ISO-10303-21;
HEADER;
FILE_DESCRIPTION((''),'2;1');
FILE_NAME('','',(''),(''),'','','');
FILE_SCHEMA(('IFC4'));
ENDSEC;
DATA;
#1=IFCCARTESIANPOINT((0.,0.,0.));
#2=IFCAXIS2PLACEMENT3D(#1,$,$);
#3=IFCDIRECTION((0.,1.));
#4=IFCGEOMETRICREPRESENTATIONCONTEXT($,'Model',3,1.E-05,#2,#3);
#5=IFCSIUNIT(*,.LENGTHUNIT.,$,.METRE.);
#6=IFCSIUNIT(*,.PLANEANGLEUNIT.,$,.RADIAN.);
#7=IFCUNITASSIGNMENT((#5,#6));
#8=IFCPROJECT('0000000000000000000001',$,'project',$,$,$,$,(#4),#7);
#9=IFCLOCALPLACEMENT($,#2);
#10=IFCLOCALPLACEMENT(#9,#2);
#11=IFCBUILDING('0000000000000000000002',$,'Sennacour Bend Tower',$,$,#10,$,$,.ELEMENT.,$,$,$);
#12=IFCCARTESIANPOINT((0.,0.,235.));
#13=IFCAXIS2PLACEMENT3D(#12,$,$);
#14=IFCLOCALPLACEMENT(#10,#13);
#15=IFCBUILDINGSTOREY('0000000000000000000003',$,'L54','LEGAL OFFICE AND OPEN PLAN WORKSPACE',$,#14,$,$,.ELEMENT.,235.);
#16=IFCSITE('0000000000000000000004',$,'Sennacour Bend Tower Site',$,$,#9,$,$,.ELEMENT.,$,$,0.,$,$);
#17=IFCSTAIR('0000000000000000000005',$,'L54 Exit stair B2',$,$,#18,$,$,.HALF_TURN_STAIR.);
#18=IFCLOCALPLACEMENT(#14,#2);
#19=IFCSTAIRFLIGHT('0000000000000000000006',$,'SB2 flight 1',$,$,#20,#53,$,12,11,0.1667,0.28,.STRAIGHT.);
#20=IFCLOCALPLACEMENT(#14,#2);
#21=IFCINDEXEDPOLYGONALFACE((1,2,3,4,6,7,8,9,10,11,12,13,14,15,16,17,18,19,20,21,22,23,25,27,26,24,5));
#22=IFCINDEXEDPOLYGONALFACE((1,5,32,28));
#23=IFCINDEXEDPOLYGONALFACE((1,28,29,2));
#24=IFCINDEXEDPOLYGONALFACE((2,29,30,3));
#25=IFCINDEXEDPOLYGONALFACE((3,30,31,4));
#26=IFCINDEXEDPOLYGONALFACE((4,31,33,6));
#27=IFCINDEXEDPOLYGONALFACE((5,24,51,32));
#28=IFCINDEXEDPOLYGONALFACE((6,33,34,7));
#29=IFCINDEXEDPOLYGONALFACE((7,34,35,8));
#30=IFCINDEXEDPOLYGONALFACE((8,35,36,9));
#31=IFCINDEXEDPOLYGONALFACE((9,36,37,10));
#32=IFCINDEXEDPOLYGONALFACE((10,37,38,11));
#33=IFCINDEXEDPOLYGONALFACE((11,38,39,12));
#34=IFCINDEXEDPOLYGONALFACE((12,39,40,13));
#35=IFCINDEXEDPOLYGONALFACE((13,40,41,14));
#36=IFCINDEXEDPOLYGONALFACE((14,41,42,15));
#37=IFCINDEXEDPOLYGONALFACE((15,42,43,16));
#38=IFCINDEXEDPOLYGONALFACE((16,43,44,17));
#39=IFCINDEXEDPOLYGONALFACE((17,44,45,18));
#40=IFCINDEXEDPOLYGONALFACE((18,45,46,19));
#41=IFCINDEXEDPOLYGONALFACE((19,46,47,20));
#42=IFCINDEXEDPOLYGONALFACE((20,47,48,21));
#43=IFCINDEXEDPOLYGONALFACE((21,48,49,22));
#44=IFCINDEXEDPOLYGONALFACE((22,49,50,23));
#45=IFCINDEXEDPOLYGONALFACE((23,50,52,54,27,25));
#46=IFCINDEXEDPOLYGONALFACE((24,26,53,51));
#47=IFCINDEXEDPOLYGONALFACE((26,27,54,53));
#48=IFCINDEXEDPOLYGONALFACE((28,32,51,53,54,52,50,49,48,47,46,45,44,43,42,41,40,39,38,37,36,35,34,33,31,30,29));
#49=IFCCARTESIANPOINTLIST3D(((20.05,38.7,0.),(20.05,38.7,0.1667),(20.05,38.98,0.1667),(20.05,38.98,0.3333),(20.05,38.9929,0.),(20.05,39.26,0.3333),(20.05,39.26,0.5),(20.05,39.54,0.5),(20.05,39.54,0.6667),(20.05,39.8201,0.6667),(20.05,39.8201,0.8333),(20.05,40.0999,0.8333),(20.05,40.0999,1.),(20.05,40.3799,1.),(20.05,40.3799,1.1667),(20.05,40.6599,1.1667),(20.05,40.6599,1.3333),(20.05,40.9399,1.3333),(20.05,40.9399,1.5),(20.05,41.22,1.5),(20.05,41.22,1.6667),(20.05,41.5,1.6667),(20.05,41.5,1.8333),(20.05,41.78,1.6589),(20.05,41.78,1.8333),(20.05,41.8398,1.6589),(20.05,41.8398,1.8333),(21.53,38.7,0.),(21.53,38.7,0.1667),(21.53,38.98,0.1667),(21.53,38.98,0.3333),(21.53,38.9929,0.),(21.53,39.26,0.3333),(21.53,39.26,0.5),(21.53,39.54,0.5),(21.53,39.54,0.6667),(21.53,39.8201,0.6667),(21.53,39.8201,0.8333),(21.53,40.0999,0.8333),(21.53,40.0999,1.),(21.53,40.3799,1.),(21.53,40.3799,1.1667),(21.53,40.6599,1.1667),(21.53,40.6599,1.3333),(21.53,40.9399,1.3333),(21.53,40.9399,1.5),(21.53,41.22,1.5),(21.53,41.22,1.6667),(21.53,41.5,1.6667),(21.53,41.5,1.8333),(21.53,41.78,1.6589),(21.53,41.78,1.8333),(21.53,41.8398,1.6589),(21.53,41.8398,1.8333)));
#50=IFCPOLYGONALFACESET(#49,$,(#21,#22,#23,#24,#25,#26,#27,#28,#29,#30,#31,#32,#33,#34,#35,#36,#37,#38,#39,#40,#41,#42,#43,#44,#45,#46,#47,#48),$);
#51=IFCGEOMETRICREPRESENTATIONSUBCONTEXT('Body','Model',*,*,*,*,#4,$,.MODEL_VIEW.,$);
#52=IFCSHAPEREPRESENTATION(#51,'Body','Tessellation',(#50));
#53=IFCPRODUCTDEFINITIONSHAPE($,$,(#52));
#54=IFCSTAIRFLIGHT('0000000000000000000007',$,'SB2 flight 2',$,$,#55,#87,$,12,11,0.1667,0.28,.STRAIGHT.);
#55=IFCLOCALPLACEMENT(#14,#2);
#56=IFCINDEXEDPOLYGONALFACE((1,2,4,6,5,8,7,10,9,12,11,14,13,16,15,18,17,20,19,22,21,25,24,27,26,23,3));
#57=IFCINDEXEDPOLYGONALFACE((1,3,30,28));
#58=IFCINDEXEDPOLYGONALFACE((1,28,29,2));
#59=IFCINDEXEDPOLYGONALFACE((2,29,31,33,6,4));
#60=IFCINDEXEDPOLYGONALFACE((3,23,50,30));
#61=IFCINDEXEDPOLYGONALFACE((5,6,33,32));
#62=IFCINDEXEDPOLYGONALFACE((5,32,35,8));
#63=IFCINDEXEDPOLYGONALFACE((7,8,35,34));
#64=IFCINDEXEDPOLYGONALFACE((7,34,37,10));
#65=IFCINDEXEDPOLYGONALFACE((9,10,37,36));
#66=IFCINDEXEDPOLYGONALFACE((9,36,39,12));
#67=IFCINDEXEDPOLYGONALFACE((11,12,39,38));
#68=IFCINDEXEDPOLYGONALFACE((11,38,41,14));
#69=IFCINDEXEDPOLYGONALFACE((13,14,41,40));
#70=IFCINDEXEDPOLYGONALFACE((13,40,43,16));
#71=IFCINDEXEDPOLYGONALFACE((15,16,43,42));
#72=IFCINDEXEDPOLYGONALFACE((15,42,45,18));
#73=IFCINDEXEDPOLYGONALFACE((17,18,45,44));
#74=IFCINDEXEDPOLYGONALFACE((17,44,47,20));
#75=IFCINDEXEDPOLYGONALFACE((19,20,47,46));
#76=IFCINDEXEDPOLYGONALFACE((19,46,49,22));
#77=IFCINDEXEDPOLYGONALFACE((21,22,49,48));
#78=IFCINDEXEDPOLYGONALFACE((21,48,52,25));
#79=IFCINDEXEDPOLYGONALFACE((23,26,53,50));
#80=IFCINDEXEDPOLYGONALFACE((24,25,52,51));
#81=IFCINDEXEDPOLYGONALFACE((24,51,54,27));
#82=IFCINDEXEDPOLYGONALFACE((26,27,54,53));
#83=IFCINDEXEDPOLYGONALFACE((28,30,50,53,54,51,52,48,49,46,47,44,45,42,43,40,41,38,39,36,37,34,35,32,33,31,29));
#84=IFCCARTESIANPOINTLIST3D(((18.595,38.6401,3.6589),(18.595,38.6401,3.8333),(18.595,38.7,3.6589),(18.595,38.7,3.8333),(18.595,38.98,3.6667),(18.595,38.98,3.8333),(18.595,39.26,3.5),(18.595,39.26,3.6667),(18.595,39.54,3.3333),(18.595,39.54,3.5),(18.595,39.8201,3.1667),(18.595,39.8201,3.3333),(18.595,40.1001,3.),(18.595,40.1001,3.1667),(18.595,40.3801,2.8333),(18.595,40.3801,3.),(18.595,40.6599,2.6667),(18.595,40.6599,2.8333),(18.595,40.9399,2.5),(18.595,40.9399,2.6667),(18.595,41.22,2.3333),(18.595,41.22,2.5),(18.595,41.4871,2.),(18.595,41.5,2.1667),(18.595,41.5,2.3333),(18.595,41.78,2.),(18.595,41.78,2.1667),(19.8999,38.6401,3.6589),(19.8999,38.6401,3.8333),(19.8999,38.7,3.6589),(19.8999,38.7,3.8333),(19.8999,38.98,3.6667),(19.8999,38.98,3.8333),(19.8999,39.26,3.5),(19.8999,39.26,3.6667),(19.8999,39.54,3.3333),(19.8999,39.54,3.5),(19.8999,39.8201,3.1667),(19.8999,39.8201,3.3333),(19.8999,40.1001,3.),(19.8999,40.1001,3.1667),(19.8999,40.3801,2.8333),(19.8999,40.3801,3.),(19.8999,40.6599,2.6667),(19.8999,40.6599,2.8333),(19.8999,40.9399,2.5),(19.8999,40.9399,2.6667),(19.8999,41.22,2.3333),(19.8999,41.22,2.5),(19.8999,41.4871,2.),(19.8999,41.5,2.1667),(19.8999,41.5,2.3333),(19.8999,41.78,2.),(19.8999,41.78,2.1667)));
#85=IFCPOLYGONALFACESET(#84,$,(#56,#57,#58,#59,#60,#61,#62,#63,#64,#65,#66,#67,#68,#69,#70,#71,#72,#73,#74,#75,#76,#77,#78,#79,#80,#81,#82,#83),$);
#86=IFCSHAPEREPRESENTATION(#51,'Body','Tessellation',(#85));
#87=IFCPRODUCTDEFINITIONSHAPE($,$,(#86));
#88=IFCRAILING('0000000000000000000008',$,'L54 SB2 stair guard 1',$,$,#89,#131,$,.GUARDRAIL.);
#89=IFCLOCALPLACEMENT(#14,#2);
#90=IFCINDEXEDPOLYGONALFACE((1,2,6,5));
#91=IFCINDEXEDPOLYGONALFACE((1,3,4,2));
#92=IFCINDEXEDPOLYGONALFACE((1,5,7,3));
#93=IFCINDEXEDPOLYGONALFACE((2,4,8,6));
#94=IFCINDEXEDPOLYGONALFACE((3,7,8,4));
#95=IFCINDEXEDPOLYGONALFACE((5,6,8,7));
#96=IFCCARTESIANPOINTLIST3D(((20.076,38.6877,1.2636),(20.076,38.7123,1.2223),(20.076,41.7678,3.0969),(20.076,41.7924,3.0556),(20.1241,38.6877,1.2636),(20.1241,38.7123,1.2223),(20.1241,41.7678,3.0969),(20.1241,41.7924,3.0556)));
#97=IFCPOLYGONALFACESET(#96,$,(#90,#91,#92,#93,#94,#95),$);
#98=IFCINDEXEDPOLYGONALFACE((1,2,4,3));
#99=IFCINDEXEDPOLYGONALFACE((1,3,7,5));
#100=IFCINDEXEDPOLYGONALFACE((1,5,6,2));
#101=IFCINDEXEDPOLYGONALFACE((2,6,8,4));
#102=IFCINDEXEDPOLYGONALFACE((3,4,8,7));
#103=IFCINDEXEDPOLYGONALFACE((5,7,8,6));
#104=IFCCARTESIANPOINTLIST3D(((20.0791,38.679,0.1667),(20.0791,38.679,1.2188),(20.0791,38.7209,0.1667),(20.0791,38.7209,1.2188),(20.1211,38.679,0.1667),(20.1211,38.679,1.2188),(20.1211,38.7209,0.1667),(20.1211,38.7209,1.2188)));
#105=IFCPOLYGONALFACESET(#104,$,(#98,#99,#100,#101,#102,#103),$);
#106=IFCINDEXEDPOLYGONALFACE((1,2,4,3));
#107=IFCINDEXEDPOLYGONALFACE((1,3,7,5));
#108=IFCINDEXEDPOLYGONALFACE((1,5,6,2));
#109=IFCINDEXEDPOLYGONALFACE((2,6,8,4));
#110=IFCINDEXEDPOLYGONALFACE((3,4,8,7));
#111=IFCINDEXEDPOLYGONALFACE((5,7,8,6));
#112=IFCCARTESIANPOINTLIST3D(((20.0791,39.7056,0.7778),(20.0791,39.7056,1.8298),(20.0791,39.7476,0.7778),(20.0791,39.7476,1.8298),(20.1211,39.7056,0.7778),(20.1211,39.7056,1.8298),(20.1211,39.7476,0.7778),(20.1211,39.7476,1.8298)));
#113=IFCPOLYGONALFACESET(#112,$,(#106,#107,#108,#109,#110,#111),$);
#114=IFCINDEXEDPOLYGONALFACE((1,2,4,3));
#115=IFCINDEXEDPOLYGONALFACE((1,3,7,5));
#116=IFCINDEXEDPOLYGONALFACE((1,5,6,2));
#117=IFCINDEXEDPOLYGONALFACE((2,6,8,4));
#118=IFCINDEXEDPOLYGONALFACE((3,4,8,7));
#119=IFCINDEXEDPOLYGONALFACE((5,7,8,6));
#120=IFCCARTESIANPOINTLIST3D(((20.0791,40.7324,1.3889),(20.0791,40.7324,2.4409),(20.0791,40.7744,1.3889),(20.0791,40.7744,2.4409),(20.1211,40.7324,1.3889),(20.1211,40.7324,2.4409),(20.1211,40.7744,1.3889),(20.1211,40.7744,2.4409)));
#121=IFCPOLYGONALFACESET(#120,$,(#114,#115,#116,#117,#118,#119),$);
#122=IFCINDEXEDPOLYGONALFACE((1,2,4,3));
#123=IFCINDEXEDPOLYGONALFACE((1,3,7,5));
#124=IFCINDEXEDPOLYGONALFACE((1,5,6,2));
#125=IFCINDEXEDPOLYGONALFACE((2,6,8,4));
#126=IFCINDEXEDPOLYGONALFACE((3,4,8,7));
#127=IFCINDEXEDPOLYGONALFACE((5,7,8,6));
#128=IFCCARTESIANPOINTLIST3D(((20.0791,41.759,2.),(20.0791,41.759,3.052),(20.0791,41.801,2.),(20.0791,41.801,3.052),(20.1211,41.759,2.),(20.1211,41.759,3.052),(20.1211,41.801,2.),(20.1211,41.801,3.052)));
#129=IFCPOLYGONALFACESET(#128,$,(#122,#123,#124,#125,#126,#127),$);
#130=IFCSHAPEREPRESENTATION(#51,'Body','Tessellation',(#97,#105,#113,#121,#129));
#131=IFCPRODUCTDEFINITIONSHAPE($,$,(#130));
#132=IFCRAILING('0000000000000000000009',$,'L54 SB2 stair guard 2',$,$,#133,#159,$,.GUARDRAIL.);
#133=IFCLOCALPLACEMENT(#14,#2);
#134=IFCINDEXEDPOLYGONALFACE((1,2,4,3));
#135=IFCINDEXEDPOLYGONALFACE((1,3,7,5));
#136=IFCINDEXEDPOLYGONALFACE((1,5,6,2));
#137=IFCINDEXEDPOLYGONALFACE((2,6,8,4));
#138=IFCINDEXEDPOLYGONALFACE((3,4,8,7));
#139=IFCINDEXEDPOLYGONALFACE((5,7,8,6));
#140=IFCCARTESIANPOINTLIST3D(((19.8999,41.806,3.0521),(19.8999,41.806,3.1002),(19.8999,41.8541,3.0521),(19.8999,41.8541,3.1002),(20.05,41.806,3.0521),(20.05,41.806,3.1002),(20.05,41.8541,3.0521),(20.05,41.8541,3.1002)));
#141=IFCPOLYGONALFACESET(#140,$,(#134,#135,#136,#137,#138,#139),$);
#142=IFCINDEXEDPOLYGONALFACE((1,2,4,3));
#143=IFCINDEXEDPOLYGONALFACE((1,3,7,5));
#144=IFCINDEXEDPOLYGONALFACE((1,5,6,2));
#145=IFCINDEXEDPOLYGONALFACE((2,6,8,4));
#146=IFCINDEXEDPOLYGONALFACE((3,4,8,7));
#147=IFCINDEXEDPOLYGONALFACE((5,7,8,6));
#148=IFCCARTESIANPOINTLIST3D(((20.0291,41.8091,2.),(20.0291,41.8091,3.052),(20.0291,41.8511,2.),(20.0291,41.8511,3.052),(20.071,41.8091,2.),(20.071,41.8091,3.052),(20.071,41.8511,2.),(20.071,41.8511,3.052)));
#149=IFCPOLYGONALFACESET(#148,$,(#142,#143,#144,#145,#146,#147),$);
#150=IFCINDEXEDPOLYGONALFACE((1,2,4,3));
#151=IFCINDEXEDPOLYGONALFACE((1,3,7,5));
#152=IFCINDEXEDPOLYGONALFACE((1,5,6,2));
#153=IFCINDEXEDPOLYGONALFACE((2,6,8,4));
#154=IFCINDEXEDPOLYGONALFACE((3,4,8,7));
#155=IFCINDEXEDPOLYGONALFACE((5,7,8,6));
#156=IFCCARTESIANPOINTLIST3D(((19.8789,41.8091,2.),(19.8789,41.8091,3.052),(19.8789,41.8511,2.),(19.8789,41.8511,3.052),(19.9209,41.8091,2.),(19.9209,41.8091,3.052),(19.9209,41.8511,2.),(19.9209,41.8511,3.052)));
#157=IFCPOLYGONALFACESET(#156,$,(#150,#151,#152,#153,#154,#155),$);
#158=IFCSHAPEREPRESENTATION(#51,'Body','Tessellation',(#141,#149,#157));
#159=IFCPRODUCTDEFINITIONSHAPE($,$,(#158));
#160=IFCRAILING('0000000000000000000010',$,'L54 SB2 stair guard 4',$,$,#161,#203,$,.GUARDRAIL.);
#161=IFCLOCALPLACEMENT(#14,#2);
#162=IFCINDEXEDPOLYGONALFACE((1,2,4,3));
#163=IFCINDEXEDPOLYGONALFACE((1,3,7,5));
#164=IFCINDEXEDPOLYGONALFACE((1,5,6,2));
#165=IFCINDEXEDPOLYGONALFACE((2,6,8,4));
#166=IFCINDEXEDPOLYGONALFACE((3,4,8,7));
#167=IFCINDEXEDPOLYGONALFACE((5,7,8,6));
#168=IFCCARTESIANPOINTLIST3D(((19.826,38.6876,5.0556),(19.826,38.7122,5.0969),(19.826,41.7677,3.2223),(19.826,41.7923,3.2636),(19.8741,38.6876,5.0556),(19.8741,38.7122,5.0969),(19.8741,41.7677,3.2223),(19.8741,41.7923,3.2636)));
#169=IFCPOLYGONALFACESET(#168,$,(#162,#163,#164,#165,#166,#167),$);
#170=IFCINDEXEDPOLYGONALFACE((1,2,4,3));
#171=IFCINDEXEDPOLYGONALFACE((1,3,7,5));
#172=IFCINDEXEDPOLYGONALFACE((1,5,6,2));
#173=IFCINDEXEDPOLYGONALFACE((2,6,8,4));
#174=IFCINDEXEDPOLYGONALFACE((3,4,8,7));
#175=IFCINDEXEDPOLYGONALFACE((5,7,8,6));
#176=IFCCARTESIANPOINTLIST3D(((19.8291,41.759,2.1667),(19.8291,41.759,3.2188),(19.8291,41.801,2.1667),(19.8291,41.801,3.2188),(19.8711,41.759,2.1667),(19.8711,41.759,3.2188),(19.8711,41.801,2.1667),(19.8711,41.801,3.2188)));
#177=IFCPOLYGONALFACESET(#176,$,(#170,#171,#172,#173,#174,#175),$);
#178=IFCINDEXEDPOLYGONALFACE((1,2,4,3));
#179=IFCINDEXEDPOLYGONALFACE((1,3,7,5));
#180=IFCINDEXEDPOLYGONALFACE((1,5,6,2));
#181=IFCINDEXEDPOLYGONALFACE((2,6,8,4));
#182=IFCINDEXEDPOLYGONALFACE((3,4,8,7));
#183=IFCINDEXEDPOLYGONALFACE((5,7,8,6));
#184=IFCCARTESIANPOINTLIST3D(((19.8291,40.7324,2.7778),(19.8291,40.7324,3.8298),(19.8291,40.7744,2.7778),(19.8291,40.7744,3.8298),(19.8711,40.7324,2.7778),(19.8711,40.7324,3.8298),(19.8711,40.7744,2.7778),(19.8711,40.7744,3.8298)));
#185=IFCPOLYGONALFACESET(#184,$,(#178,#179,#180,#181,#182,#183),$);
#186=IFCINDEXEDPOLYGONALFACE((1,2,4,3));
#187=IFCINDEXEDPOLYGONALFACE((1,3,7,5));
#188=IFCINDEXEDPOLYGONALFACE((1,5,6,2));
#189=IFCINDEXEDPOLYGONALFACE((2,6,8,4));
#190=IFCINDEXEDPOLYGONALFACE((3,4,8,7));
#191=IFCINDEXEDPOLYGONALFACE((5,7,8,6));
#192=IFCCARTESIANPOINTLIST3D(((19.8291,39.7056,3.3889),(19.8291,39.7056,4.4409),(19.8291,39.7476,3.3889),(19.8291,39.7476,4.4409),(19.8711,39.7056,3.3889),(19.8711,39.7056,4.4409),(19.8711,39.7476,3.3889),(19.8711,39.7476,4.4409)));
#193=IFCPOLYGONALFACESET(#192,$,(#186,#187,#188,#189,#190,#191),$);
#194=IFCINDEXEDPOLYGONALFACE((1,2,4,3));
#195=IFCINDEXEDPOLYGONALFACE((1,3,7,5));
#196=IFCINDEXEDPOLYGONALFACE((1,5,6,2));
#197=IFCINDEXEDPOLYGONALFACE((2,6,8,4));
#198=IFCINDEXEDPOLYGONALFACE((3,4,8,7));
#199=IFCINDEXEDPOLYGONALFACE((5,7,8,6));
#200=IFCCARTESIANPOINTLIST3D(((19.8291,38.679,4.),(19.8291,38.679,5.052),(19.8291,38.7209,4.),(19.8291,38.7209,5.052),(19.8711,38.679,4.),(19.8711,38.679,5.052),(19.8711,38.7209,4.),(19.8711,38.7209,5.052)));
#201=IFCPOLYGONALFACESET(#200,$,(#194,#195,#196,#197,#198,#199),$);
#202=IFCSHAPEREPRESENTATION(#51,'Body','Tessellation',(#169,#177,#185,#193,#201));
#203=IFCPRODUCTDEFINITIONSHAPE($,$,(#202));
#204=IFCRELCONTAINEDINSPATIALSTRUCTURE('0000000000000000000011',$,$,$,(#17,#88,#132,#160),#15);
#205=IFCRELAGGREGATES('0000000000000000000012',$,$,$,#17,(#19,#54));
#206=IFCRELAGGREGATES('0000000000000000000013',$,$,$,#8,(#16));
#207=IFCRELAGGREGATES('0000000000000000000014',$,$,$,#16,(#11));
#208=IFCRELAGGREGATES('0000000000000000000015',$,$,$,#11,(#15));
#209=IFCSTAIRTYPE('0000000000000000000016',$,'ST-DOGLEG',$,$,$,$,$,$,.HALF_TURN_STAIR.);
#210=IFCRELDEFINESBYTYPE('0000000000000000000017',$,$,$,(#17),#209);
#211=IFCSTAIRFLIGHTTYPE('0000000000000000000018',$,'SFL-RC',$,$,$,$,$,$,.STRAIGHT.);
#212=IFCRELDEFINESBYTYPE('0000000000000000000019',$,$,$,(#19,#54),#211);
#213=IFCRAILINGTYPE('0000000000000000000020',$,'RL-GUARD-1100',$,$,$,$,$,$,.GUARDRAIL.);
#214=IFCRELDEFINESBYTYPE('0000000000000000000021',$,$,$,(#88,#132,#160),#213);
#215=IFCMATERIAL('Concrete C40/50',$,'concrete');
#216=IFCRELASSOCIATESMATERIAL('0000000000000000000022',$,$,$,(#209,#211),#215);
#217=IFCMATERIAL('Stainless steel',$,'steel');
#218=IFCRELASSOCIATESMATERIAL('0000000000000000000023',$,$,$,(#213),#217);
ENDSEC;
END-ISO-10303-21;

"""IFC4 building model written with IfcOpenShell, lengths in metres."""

from ifc_helpers import new_model, si_unit, direction, frame, origin, origin_2d, place, context, subcontext, project, spatial, polyline, rectangle, outline, extrude, material, type_object, element, aggregate, save


model = new_model("IFC4")

# Units and contexts
model_context = context("Model", 3, precision=1e-05, world=origin(), true_north=direction((0.0, 1.0)))
body_context = subcontext(model_context, "Body", "Model", "MODEL_VIEW")
ifc_project = project(units=[si_unit("LENGTHUNIT", "METRE"), si_unit("PLANEANGLEUNIT", "RADIAN")], contexts=[model_context])

# Site, building, storey
site_placement = place(None, origin())
site = spatial("IfcSite", under=ifc_project, at=site_placement, Name="Sennacour Bend Tower Site", CompositionType="ELEMENT", RefElevation=0.0)
building_placement = place(site_placement, origin())
building = spatial("IfcBuilding", under=site, at=building_placement, Name="Sennacour Bend Tower", CompositionType="ELEMENT")
storey_placement = place(building_placement, frame((0.0, 0.0, 235.0)))
storey = spatial("IfcBuildingStorey", under=building, at=storey_placement, Name="L54", Description="LEGAL OFFICE AND OPEN PLAN WORKSPACE", CompositionType="ELEMENT", Elevation=235.0)

# Shared definitions
ifc_material_1 = material(Name="Stainless steel", Category="steel")

# Stair, stair flights
ifc_material_2 = material(Name="Concrete C40/50", Category="concrete")
stair_type = type_object("IfcStairType", Name="ST-DOGLEG", PredefinedType="HALF_TURN_STAIR", material=ifc_material_2)
stair_placement = place(storey_placement, origin())
stair = element("IfcStair", 1, at=stair_placement, inside=storey, type_object=stair_type, Name="L54 Exit stair B2", PredefinedType="HALF_TURN_STAIR")
stair_flight_type = type_object("IfcStairFlightType", Name="SFL-RC", PredefinedType="STRAIGHT", material=ifc_material_2)
stair_flight_1_placement = place(storey_placement, frame((20.79, 38.7, 0.0), z_axis=(0.0, 0.0, 1.0), x_axis=(0.0, 1.0, 0.0)))
stair_flight_1 = element("IfcStairFlight", 2, at=stair_flight_1_placement, type_object=stair_flight_type, Name="SB2 flight 1", NumberOfRisers=12, NumberOfTreads=11, PredefinedType="STRAIGHT", RiserHeight=0.1667, TreadLength=0.28, context=body_context, shape_type="SweptSolid", body=[
    extrude(outline(polyline([(0.0, 0.0), (0.0, 0.1667), (0.28, 0.1667), (0.28, 0.3333), (0.5601, 0.3333), (0.5601, 0.5), (0.8401, 0.5), (0.8401, 0.6667), (1.1201, 0.6667), (1.1201, 0.8333), (1.3999, 0.8333), (1.3999, 1.0), (1.6799, 1.0), (1.6799, 1.1667), (1.96, 1.1667), (1.96, 1.3333), (2.24, 1.3333), (2.24, 1.5), (2.52, 1.5), (2.52, 1.6667), (2.8, 1.6667), (2.8, 1.8333), (3.0801, 1.8333), (3.1399, 1.8333), (3.1399, 1.6589), (3.0801, 1.6589), (0.293, 0.0), (0.0, 0.0)])), frame((0.0, 0.74, 0.0), z_axis=(0.0, -1.0, 0.0), x_axis=(1.0, 0.0, 0.0)), (0.0, 0.0, 1.0), 1.48),
])
stair_flight_2_placement = place(storey_placement, frame((19.2476, 41.78, 2.0), z_axis=(0.0, 0.0, 1.0), x_axis=(0.0, -1.0, 0.0)))
stair_flight_2 = element("IfcStairFlight", 3, at=stair_flight_2_placement, type_object=stair_flight_type, Name="SB2 flight 2", NumberOfRisers=12, NumberOfTreads=11, PredefinedType="STRAIGHT", RiserHeight=0.1667, TreadLength=0.28, context=body_context, shape_type="SweptSolid", body=[
    extrude(outline(polyline([(0.0, 0.0), (0.0, 0.1667), (0.28, 0.1667), (0.28, 0.3333), (0.5601, 0.3333), (0.5601, 0.5), (0.8401, 0.5), (0.8401, 0.6667), (1.1201, 0.6667), (1.1201, 0.8333), (1.3999, 0.8333), (1.3999, 1.0), (1.6799, 1.0), (1.6799, 1.1667), (1.96, 1.1667), (1.96, 1.3333), (2.24, 1.3333), (2.24, 1.5), (2.52, 1.5), (2.52, 1.6667), (2.8, 1.6667), (2.8, 1.8333), (3.0801, 1.8333), (3.1399, 1.8333), (3.1399, 1.6589), (3.0801, 1.6589), (0.293, 0.0), (0.0, 0.0)])), frame((0.0, 0.6523, 0.0), z_axis=(0.0, -1.0, 0.0), x_axis=(1.0, 0.0, 0.0)), (0.0, 0.0, 1.0), 1.3049),
])
aggregate(stair, [stair_flight_1, stair_flight_2])

# Railings
railing_type_1 = type_object("IfcRailingType", Name="RL-GUARD-1100", PredefinedType="GUARDRAIL", material=ifc_material_1)
railing_1_placement = place(storey_placement, frame((20.1001, 38.7, 0.1667)))
element("IfcRailing", 4, at=railing_1_placement, inside=storey, type_object=railing_type_1, Name="L54 SB2 stair guard 1", PredefinedType="GUARDRAIL", context=body_context, shape_type="SweptSolid", body=[
    extrude(rectangle(XDim=0.0481, YDim=0.0481, at=origin_2d()), frame((0.0, 0.0, 1.0762), z_axis=(0.0, 0.859309, 0.511458), x_axis=(-1.0, 0.0, 0.0)), (0.0, 0.0, 1.0), 3.5845),
    extrude(rectangle(XDim=0.042, YDim=0.042, at=origin_2d()), origin(), (0.0, 0.0, 1.0), 1.052),
    extrude(rectangle(XDim=0.042, YDim=0.042, at=origin_2d()), frame((0.0, 1.0266, 0.6111)), (0.0, 0.0, 1.0), 1.052),
    extrude(rectangle(XDim=0.042, YDim=0.042, at=origin_2d()), frame((0.0, 2.0535, 1.2222)), (0.0, 0.0, 1.0), 1.052),
    extrude(rectangle(XDim=0.042, YDim=0.042, at=origin_2d()), frame((0.0, 3.0801, 1.8333)), (0.0, 0.0, 1.0), 1.052),
])
railing_2_placement = place(storey_placement, frame((20.05, 41.8301, 2.0)))
element("IfcRailing", 5, at=railing_2_placement, inside=storey, type_object=railing_type_1, Name="L54 SB2 stair guard 2", PredefinedType="GUARDRAIL", context=body_context, shape_type="SweptSolid", body=[
    extrude(rectangle(XDim=0.0481, YDim=0.0481, at=origin_2d()), frame((0.0, 0.0, 1.0762), z_axis=(-1.0, 0.0, 0.0), x_axis=(0.0, -1.0, 0.0)), (0.0, 0.0, 1.0), 0.1501),
    extrude(rectangle(XDim=0.042, YDim=0.042, at=origin_2d()), origin(), (0.0, 0.0, 1.0), 1.052),
    extrude(rectangle(XDim=0.042, YDim=0.042, at=origin_2d()), frame((-0.1501, 0.0, 0.0)), (0.0, 0.0, 1.0), 1.052),
])
railing_3_placement = place(storey_placement, frame((19.8501, 41.78, 2.1667)))
element("IfcRailing", 6, at=railing_3_placement, inside=storey, type_object=railing_type_1, Name="L54 SB2 stair guard 4", PredefinedType="GUARDRAIL", context=body_context, shape_type="SweptSolid", body=[
    extrude(rectangle(XDim=0.0481, YDim=0.0481, at=origin_2d()), frame((0.0, 0.0, 1.0762), z_axis=(0.0, -0.859309, 0.511458), x_axis=(1.0, 0.0, 0.0)), (0.0, 0.0, 1.0), 3.5845),
    extrude(rectangle(XDim=0.042, YDim=0.042, at=origin_2d()), origin(), (0.0, 0.0, 1.0), 1.052),
    extrude(rectangle(XDim=0.042, YDim=0.042, at=origin_2d()), frame((0.0, -1.0266, 0.6111)), (0.0, 0.0, 1.0), 1.052),
    extrude(rectangle(XDim=0.042, YDim=0.042, at=origin_2d()), frame((0.0, -2.0535, 1.2222)), (0.0, 0.0, 1.0), 1.052),
    extrude(rectangle(XDim=0.042, YDim=0.042, at=origin_2d()), frame((0.0, -3.0801, 1.8333)), (0.0, 0.0, 1.0), 1.052),
])

save(model, "model.ifc")
